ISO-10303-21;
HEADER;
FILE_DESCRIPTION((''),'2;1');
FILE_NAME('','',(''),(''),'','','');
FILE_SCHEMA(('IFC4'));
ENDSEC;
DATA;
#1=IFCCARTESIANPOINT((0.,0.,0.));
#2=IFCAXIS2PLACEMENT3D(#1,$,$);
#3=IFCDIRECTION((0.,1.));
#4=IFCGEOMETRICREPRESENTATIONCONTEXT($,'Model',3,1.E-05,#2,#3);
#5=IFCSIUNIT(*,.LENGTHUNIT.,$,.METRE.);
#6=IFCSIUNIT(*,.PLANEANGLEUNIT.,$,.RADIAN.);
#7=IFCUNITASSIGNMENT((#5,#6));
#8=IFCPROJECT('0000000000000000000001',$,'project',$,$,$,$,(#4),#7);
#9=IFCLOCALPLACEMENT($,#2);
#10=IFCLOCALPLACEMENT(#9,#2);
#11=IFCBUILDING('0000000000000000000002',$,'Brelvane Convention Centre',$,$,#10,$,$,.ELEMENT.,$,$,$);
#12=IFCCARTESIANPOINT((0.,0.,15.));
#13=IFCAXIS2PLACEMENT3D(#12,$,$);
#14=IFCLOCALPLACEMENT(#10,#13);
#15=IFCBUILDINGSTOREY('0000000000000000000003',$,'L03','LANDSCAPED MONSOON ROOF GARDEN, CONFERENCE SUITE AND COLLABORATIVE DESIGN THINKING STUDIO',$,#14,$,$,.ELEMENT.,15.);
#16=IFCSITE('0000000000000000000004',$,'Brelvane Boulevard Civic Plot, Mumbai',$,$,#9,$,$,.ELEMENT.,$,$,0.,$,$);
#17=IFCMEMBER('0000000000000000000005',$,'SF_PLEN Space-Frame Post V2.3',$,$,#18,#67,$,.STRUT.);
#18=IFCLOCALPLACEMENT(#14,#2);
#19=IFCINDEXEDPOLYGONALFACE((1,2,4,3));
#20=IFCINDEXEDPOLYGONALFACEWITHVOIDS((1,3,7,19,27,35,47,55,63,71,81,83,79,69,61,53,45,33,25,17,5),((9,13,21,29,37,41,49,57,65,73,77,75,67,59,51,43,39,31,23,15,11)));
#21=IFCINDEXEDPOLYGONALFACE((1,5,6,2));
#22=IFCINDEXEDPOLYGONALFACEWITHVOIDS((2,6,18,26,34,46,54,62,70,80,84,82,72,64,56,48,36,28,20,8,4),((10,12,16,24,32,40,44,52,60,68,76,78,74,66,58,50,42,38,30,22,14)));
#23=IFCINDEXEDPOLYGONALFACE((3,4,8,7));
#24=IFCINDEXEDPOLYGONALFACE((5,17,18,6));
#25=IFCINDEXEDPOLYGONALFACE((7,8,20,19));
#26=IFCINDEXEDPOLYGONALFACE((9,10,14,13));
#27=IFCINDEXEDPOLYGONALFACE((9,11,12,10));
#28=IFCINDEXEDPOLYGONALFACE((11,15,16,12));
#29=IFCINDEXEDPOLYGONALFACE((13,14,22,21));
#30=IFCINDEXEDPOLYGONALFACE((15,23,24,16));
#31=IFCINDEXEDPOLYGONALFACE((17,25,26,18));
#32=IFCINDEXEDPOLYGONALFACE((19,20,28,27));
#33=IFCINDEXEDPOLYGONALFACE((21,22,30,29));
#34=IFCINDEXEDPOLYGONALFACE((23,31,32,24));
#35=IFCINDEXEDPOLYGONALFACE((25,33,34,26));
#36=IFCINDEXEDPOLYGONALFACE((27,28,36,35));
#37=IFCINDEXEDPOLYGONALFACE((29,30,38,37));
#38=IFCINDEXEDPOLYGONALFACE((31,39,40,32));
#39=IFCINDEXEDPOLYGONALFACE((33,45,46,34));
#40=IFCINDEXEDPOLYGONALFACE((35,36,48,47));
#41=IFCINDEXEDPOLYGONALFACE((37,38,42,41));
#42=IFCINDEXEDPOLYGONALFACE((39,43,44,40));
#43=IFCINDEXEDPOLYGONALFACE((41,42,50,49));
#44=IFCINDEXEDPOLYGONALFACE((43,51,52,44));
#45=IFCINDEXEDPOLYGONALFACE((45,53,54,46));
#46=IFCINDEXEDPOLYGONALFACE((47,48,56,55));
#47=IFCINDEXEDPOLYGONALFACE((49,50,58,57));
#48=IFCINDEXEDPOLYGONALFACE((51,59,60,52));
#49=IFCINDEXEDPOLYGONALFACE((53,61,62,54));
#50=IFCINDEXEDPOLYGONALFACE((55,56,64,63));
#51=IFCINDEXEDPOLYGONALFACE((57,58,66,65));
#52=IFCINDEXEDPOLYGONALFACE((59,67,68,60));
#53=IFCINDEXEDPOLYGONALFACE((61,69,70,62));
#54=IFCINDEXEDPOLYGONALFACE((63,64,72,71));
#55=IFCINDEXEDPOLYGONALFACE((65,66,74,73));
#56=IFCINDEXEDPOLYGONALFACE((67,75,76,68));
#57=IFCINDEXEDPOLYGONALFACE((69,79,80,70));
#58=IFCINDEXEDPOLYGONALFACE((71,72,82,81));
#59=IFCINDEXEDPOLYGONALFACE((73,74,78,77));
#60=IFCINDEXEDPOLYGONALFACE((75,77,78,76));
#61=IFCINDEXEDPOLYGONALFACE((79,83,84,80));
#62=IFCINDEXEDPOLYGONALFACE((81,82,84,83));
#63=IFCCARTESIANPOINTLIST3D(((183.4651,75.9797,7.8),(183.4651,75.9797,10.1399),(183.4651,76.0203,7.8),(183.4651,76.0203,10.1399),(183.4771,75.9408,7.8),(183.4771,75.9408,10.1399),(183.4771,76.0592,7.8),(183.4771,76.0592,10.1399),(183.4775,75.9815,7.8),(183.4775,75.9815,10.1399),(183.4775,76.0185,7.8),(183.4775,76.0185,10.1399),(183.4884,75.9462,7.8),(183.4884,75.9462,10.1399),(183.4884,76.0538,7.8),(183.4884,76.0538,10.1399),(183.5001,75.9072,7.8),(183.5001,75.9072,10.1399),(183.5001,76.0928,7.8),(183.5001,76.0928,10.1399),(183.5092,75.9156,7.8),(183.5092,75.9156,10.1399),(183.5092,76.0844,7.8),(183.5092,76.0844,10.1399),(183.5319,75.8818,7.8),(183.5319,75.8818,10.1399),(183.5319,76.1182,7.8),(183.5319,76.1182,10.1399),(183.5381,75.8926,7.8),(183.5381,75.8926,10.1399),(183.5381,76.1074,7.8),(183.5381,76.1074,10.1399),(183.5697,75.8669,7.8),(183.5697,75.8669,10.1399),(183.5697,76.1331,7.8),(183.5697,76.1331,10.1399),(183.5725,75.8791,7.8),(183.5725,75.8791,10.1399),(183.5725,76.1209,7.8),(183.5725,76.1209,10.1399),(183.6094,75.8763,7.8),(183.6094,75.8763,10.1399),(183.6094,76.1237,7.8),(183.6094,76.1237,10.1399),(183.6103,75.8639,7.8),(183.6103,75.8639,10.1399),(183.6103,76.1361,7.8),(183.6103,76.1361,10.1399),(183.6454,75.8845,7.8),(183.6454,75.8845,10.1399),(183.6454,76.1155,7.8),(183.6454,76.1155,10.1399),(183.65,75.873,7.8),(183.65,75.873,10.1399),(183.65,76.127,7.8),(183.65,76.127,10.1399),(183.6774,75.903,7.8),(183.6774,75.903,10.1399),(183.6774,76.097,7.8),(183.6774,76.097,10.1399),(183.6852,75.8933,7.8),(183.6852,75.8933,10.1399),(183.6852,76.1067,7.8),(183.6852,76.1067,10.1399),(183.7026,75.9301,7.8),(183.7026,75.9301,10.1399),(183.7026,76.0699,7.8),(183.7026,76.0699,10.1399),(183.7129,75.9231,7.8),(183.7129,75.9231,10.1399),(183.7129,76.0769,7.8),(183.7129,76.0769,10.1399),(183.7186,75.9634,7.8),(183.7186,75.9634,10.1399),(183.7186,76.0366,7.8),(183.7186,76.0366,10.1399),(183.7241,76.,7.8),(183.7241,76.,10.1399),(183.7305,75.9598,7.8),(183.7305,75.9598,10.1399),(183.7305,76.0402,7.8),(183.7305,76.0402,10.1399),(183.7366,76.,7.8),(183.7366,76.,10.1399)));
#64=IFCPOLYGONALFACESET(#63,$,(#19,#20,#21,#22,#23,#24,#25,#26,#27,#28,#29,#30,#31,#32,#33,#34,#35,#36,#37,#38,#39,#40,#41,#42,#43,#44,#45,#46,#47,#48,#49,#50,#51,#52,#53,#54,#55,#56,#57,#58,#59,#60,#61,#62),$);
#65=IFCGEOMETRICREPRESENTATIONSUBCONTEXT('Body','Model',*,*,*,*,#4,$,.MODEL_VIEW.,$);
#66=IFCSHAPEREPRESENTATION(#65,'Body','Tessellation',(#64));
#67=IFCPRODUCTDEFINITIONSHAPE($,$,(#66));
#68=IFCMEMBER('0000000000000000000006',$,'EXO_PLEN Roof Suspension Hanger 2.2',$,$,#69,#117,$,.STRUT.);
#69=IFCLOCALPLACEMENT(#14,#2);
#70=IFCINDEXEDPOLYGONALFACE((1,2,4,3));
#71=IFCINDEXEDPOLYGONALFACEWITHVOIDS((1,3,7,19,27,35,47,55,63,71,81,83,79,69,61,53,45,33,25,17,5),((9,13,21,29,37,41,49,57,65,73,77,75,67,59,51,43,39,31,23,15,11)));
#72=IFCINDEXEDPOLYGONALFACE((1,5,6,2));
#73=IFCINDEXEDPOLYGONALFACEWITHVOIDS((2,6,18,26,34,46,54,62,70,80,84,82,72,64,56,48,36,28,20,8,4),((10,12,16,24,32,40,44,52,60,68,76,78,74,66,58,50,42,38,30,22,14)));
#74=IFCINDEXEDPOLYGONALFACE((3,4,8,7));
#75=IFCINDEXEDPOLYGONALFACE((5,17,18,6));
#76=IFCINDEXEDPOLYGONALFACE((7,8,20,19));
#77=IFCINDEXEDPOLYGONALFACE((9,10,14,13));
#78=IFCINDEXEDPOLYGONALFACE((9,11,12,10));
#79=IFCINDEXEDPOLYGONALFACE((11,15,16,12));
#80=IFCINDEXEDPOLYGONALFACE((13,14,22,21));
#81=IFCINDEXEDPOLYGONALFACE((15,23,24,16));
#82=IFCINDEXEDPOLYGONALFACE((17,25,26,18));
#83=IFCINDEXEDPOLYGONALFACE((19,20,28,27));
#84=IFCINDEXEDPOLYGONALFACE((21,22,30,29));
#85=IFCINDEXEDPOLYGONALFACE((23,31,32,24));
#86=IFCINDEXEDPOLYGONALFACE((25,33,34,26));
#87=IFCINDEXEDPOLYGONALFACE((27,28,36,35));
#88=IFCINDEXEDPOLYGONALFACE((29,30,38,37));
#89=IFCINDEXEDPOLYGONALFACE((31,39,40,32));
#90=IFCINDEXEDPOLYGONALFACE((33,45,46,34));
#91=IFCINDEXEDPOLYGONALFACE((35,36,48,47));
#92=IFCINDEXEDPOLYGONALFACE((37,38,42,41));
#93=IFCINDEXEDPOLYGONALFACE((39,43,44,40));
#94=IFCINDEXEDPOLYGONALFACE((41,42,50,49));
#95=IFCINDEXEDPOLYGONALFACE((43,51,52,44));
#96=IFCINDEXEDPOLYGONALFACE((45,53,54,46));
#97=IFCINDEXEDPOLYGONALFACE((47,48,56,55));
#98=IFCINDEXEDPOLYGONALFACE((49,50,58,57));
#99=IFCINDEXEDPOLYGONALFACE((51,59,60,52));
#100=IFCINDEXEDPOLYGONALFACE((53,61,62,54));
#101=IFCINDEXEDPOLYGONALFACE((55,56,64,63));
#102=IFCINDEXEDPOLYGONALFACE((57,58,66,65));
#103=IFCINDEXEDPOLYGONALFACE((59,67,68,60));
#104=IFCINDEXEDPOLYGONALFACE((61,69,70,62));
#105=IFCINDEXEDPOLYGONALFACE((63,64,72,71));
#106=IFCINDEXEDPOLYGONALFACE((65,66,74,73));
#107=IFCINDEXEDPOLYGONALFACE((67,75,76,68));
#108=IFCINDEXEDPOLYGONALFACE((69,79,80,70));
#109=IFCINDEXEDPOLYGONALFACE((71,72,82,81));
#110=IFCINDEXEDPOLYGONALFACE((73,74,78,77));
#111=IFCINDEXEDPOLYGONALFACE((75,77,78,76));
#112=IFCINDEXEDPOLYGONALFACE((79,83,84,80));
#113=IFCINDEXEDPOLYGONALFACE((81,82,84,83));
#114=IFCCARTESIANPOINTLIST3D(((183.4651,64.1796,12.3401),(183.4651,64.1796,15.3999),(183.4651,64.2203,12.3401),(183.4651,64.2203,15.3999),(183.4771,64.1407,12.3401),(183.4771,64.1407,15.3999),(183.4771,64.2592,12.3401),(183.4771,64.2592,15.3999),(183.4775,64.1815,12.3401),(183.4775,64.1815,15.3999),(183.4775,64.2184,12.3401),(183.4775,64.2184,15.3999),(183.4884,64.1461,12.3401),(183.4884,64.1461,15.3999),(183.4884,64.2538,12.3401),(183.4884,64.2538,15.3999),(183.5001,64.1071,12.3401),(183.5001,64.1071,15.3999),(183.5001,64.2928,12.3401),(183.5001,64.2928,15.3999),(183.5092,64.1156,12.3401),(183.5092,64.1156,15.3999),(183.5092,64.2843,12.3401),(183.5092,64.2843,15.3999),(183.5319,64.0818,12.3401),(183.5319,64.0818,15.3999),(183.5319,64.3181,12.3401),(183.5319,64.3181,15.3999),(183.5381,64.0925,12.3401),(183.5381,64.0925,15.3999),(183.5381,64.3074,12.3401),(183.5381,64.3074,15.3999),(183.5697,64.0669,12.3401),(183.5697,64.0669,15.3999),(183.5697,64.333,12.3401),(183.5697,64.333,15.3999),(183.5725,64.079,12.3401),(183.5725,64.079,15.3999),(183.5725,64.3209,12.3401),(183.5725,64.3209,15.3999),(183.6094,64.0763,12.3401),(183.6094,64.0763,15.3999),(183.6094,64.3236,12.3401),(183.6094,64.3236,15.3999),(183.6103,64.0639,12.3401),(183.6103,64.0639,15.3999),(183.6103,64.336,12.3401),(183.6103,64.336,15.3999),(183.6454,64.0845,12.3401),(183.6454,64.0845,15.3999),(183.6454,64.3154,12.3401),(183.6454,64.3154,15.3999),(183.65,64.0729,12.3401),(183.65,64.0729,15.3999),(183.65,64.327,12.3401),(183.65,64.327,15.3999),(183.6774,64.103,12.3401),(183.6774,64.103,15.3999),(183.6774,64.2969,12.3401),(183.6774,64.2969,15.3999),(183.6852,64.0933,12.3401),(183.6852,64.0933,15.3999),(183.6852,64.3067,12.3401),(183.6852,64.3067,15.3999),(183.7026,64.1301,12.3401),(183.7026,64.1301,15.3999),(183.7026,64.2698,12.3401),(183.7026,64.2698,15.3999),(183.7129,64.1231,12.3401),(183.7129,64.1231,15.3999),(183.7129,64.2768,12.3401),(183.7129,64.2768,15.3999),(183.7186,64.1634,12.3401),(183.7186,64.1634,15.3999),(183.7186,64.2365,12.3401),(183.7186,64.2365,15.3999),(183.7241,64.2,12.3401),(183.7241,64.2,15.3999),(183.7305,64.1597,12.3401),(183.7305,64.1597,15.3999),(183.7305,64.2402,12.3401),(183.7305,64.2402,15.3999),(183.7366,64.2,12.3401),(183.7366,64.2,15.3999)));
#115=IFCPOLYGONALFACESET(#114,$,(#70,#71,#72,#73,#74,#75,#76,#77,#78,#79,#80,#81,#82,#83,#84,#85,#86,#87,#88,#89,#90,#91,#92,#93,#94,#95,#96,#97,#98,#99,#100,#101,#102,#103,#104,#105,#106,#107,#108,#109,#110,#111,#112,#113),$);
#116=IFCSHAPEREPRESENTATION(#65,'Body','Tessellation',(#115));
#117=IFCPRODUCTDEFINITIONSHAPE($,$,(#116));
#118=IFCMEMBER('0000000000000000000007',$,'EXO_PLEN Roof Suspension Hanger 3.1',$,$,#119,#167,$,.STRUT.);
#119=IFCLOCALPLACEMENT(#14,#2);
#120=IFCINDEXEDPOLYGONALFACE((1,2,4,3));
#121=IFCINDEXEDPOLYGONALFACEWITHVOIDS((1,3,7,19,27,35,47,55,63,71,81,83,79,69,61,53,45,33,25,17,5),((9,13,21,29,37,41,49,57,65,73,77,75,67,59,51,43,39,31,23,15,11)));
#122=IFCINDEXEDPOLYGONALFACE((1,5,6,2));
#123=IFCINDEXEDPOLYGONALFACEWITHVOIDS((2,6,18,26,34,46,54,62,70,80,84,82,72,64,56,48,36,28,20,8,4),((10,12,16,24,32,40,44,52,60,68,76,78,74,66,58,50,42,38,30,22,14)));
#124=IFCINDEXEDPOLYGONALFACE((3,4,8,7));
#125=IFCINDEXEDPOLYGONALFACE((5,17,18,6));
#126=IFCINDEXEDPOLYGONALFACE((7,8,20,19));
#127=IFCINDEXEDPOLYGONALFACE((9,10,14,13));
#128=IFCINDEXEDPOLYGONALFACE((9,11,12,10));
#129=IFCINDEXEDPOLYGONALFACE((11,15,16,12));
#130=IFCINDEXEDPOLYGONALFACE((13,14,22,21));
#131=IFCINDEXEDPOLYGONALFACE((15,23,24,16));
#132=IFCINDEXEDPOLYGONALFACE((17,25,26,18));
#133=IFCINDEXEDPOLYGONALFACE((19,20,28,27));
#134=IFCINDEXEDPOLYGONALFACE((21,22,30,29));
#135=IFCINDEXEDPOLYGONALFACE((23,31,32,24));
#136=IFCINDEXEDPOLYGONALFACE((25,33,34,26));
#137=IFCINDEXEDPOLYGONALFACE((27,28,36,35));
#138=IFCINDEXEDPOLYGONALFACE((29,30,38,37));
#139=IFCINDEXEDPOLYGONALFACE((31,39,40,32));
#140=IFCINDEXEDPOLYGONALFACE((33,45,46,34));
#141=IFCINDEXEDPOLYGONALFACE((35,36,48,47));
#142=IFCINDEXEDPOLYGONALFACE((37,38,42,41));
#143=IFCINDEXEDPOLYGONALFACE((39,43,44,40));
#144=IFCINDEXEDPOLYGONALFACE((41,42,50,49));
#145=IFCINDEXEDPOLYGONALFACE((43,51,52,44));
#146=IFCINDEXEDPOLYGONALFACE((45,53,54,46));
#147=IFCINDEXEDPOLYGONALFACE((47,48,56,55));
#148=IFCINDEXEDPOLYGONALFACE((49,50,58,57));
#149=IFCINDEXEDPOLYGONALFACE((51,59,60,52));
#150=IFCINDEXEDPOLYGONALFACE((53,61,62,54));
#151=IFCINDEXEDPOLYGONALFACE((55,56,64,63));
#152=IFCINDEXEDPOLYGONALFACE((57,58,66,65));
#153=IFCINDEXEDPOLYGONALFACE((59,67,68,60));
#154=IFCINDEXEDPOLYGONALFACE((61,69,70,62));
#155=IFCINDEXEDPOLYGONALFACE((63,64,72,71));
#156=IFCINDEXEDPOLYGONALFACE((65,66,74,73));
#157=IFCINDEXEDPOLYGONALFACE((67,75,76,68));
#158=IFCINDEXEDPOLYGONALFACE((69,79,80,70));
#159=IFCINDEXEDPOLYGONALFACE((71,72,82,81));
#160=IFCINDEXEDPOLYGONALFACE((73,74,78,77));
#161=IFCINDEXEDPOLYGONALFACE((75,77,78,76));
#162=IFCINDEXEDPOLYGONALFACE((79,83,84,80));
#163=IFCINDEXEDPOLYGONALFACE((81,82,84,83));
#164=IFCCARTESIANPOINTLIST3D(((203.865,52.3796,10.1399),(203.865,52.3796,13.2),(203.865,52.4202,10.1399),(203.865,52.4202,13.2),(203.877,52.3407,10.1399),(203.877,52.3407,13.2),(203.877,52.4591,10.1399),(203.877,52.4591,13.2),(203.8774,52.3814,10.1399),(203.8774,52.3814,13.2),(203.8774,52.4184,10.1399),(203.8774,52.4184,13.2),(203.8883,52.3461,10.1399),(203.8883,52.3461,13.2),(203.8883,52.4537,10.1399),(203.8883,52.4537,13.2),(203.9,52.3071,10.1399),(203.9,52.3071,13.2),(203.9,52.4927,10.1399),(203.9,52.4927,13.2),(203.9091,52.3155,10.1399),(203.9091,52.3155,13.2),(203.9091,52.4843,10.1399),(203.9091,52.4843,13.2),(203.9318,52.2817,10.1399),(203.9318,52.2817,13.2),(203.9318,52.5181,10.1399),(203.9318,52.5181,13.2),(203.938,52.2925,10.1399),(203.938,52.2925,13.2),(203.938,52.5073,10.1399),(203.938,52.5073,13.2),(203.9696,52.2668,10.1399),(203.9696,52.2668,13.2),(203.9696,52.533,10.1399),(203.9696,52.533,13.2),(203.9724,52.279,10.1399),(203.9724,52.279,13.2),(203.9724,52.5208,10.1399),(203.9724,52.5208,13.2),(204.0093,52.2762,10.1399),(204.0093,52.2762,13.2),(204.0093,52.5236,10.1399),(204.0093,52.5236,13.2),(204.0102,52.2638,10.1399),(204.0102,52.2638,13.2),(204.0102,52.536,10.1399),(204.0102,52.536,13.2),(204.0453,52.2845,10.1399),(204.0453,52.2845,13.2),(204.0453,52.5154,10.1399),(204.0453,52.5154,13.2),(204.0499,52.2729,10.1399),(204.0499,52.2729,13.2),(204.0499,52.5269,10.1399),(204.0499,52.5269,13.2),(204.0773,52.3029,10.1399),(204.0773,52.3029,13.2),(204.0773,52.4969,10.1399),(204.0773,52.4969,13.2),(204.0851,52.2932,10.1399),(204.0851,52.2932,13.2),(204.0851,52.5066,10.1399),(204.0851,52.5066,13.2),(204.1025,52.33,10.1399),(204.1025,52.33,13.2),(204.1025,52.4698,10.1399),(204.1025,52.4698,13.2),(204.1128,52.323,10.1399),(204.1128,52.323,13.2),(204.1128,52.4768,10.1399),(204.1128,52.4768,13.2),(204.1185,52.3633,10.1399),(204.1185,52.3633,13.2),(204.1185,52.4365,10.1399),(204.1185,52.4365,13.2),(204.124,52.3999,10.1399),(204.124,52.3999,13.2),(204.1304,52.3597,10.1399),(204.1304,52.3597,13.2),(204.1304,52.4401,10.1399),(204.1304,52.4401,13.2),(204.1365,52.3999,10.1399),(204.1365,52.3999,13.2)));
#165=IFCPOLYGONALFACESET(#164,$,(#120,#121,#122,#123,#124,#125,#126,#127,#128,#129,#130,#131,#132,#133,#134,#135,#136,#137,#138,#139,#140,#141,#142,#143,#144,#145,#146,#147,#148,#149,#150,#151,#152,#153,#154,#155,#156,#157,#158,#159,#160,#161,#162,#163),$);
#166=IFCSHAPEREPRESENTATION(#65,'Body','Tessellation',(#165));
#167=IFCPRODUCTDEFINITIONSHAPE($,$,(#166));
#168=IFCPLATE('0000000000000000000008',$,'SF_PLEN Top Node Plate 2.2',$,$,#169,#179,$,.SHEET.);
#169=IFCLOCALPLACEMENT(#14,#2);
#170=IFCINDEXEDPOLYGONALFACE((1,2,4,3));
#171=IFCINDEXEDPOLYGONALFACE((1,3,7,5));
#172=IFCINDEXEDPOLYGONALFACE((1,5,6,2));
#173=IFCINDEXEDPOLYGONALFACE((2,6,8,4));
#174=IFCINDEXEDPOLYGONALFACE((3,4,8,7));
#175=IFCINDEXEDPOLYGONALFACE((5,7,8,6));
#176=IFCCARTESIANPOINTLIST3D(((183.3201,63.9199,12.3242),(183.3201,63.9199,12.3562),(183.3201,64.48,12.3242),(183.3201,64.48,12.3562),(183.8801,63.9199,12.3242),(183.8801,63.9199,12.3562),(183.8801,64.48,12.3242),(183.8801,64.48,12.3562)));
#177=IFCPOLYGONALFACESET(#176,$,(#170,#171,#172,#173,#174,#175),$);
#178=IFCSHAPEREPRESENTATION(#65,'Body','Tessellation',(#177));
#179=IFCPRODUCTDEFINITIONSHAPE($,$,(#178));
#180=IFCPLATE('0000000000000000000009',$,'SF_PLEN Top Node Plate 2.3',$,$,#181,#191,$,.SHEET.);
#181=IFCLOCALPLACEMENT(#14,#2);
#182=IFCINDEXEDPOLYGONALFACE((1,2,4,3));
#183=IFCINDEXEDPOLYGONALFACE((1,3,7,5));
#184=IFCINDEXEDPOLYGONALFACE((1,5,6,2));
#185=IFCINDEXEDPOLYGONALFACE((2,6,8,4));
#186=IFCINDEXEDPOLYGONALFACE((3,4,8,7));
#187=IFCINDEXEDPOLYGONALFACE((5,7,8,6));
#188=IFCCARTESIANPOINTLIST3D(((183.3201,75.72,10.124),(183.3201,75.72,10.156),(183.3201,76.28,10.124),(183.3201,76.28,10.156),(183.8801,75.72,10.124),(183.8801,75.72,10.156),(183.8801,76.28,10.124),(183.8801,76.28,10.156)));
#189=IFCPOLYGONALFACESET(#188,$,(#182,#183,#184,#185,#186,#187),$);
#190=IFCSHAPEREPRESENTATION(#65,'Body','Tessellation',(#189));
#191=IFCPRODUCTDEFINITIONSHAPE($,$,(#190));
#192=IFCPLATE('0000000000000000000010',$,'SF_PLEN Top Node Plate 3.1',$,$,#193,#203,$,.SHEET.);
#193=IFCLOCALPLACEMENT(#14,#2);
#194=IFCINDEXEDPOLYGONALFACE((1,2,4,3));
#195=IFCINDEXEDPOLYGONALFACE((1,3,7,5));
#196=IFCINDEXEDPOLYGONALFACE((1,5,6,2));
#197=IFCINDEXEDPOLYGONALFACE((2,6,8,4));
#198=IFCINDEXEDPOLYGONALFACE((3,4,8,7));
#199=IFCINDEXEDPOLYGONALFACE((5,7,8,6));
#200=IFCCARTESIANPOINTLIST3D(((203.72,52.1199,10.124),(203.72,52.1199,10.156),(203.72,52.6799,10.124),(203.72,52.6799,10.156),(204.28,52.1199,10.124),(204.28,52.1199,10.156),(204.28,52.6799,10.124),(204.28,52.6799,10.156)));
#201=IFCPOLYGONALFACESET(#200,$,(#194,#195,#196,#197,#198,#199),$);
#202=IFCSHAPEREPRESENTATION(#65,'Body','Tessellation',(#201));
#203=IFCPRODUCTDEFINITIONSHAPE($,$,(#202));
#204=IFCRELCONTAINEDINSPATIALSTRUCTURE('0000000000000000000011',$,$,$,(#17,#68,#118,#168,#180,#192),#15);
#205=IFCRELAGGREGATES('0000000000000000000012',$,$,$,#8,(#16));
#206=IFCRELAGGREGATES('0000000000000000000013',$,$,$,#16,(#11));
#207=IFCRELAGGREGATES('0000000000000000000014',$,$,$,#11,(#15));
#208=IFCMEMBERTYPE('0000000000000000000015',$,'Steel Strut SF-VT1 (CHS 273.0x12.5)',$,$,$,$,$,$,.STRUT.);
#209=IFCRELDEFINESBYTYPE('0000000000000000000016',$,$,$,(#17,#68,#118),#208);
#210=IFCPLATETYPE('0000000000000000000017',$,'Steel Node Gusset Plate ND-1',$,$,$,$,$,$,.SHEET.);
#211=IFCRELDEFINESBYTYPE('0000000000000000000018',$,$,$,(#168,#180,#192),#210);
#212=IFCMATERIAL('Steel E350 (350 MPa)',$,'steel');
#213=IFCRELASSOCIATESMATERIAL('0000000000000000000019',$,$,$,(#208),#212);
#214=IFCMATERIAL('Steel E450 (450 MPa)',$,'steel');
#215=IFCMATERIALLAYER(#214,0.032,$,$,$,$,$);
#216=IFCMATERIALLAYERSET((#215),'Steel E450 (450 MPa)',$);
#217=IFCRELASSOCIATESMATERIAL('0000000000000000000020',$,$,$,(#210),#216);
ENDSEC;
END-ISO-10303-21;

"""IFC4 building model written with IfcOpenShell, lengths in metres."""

from ifc_helpers import new_model, si_unit, direction, frame, origin, origin_2d, place, context, subcontext, project, spatial, rectangle, hollow_circle, extrude, material, layer, layer_set, material_profile, profile_set, type_object, element, save


model = new_model("IFC4")

# Units and contexts
model_context = context("Model", 3, precision=1e-05, world=origin(), true_north=direction((0.0, 1.0)))
body_context = subcontext(model_context, "Body", "Model", "MODEL_VIEW")
ifc_project = project(units=[si_unit("LENGTHUNIT", "METRE"), si_unit("PLANEANGLEUNIT", "RADIAN")], contexts=[model_context])

# Site, building, storey
site_placement = place(None, origin())
site = spatial("IfcSite", under=ifc_project, at=site_placement, Name="Brelvane Boulevard Civic Plot, Mumbai", CompositionType="ELEMENT", RefElevation=0.0)
building_placement = place(site_placement, origin())
building = spatial("IfcBuilding", under=site, at=building_placement, Name="Brelvane Convention Centre", CompositionType="ELEMENT")
storey_placement = place(building_placement, frame((0.0, 0.0, 15.0)))
storey = spatial("IfcBuildingStorey", under=building, at=storey_placement, Name="L03", Description="LANDSCAPED MONSOON ROOF GARDEN, CONFERENCE SUITE AND COLLABORATIVE DESIGN THINKING STUDIO", CompositionType="ELEMENT", Elevation=15.0)

# Members
ifc_material_1 = material(Name="Steel E350 (350 MPa)", Category="steel")
ifc_material_profile_1 = material_profile(ifc_material_1, hollow_circle(Radius=0.1365, WallThickness=0.0125, at=origin_2d()), Name="CHS 273.0x12.5")
ifc_profile_set_1 = profile_set([ifc_material_profile_1], Name="Steel E350 (350 MPa)")
member_type_1 = type_object("IfcMemberType", Name="Steel Strut SF-VT1 (CHS 273.0x12.5)", PredefinedType="STRUT", material=ifc_profile_set_1)
member_1_placement = place(storey_placement, frame((183.6001, 76.0, 7.8), z_axis=(0.0, 0.0, 1.0), x_axis=(1.0, 0.0, 0.0)))
element("IfcMember", 1, at=member_1_placement, inside=storey, type_object=member_type_1, Name="SF_PLEN Space-Frame Post V2.3", PredefinedType="STRUT", context=body_context, shape_type="SweptSolid", body=[
    extrude(hollow_circle(Radius=0.1365, WallThickness=0.0125, at=origin_2d()), origin(), (0.0, 0.0, 1.0), 2.3398),
])
member_2_placement = place(storey_placement, frame((183.6001, 64.2, 12.3401), z_axis=(0.0, 0.0, 1.0), x_axis=(1.0, 0.0, 0.0)))
element("IfcMember", 2, at=member_2_placement, inside=storey, type_object=member_type_1, Name="EXO_PLEN Roof Suspension Hanger 2.2", PredefinedType="STRUT", context=body_context, shape_type="SweptSolid", body=[
    extrude(hollow_circle(Radius=0.1365, WallThickness=0.0125, at=origin_2d()), origin(), (0.0, 0.0, 1.0), 3.0598),
])
member_3_placement = place(storey_placement, frame((204.0, 52.3999, 10.1399), z_axis=(0.0, 0.0, 1.0), x_axis=(1.0, 0.0, 0.0)))
element("IfcMember", 3, at=member_3_placement, inside=storey, type_object=member_type_1, Name="EXO_PLEN Roof Suspension Hanger 3.1", PredefinedType="STRUT", context=body_context, shape_type="SweptSolid", body=[
    extrude(hollow_circle(Radius=0.1365, WallThickness=0.0125, at=origin_2d()), origin(), (0.0, 0.0, 1.0), 3.0601),
])

# Plates
ifc_material_2 = material(Name="Steel E450 (450 MPa)", Category="steel")
ifc_layer_1 = layer(ifc_material_2, 0.032)
ifc_layer_set_1 = layer_set([ifc_layer_1], Name="Steel E450 (450 MPa)")
plate_type_1 = type_object("IfcPlateType", Name="Steel Node Gusset Plate ND-1", PredefinedType="SHEET", material=ifc_layer_set_1)
for number, where, z_axis, x_axis, name in (
    (4, (183.6001, 64.2, 12.3242), (0.0, 0.0, 1.0), (1.0, 0.0, 0.0), "SF_PLEN Top Node Plate 2.2"),
    (5, (183.6001, 76.0, 10.124), (0.0, 0.0, 1.0), (1.0, 0.0, 0.0), "SF_PLEN Top Node Plate 2.3"),
    (6, (204.0, 52.3999, 10.124), (0.0, 0.0, 1.0), (1.0, 0.0, 0.0), "SF_PLEN Top Node Plate 3.1"),
):
    element("IfcPlate", number, at=place(storey_placement, frame(where, z_axis=z_axis, x_axis=x_axis)), inside=storey, type_object=plate_type_1, Name=name, PredefinedType="SHEET", context=body_context, shape_type="SweptSolid", body=[
        extrude(rectangle(XDim=0.5601, YDim=0.5601, at=origin_2d()), origin(), (0.0, 0.0, 1.0), 0.032),
    ])

save(model, "model.ifc")
